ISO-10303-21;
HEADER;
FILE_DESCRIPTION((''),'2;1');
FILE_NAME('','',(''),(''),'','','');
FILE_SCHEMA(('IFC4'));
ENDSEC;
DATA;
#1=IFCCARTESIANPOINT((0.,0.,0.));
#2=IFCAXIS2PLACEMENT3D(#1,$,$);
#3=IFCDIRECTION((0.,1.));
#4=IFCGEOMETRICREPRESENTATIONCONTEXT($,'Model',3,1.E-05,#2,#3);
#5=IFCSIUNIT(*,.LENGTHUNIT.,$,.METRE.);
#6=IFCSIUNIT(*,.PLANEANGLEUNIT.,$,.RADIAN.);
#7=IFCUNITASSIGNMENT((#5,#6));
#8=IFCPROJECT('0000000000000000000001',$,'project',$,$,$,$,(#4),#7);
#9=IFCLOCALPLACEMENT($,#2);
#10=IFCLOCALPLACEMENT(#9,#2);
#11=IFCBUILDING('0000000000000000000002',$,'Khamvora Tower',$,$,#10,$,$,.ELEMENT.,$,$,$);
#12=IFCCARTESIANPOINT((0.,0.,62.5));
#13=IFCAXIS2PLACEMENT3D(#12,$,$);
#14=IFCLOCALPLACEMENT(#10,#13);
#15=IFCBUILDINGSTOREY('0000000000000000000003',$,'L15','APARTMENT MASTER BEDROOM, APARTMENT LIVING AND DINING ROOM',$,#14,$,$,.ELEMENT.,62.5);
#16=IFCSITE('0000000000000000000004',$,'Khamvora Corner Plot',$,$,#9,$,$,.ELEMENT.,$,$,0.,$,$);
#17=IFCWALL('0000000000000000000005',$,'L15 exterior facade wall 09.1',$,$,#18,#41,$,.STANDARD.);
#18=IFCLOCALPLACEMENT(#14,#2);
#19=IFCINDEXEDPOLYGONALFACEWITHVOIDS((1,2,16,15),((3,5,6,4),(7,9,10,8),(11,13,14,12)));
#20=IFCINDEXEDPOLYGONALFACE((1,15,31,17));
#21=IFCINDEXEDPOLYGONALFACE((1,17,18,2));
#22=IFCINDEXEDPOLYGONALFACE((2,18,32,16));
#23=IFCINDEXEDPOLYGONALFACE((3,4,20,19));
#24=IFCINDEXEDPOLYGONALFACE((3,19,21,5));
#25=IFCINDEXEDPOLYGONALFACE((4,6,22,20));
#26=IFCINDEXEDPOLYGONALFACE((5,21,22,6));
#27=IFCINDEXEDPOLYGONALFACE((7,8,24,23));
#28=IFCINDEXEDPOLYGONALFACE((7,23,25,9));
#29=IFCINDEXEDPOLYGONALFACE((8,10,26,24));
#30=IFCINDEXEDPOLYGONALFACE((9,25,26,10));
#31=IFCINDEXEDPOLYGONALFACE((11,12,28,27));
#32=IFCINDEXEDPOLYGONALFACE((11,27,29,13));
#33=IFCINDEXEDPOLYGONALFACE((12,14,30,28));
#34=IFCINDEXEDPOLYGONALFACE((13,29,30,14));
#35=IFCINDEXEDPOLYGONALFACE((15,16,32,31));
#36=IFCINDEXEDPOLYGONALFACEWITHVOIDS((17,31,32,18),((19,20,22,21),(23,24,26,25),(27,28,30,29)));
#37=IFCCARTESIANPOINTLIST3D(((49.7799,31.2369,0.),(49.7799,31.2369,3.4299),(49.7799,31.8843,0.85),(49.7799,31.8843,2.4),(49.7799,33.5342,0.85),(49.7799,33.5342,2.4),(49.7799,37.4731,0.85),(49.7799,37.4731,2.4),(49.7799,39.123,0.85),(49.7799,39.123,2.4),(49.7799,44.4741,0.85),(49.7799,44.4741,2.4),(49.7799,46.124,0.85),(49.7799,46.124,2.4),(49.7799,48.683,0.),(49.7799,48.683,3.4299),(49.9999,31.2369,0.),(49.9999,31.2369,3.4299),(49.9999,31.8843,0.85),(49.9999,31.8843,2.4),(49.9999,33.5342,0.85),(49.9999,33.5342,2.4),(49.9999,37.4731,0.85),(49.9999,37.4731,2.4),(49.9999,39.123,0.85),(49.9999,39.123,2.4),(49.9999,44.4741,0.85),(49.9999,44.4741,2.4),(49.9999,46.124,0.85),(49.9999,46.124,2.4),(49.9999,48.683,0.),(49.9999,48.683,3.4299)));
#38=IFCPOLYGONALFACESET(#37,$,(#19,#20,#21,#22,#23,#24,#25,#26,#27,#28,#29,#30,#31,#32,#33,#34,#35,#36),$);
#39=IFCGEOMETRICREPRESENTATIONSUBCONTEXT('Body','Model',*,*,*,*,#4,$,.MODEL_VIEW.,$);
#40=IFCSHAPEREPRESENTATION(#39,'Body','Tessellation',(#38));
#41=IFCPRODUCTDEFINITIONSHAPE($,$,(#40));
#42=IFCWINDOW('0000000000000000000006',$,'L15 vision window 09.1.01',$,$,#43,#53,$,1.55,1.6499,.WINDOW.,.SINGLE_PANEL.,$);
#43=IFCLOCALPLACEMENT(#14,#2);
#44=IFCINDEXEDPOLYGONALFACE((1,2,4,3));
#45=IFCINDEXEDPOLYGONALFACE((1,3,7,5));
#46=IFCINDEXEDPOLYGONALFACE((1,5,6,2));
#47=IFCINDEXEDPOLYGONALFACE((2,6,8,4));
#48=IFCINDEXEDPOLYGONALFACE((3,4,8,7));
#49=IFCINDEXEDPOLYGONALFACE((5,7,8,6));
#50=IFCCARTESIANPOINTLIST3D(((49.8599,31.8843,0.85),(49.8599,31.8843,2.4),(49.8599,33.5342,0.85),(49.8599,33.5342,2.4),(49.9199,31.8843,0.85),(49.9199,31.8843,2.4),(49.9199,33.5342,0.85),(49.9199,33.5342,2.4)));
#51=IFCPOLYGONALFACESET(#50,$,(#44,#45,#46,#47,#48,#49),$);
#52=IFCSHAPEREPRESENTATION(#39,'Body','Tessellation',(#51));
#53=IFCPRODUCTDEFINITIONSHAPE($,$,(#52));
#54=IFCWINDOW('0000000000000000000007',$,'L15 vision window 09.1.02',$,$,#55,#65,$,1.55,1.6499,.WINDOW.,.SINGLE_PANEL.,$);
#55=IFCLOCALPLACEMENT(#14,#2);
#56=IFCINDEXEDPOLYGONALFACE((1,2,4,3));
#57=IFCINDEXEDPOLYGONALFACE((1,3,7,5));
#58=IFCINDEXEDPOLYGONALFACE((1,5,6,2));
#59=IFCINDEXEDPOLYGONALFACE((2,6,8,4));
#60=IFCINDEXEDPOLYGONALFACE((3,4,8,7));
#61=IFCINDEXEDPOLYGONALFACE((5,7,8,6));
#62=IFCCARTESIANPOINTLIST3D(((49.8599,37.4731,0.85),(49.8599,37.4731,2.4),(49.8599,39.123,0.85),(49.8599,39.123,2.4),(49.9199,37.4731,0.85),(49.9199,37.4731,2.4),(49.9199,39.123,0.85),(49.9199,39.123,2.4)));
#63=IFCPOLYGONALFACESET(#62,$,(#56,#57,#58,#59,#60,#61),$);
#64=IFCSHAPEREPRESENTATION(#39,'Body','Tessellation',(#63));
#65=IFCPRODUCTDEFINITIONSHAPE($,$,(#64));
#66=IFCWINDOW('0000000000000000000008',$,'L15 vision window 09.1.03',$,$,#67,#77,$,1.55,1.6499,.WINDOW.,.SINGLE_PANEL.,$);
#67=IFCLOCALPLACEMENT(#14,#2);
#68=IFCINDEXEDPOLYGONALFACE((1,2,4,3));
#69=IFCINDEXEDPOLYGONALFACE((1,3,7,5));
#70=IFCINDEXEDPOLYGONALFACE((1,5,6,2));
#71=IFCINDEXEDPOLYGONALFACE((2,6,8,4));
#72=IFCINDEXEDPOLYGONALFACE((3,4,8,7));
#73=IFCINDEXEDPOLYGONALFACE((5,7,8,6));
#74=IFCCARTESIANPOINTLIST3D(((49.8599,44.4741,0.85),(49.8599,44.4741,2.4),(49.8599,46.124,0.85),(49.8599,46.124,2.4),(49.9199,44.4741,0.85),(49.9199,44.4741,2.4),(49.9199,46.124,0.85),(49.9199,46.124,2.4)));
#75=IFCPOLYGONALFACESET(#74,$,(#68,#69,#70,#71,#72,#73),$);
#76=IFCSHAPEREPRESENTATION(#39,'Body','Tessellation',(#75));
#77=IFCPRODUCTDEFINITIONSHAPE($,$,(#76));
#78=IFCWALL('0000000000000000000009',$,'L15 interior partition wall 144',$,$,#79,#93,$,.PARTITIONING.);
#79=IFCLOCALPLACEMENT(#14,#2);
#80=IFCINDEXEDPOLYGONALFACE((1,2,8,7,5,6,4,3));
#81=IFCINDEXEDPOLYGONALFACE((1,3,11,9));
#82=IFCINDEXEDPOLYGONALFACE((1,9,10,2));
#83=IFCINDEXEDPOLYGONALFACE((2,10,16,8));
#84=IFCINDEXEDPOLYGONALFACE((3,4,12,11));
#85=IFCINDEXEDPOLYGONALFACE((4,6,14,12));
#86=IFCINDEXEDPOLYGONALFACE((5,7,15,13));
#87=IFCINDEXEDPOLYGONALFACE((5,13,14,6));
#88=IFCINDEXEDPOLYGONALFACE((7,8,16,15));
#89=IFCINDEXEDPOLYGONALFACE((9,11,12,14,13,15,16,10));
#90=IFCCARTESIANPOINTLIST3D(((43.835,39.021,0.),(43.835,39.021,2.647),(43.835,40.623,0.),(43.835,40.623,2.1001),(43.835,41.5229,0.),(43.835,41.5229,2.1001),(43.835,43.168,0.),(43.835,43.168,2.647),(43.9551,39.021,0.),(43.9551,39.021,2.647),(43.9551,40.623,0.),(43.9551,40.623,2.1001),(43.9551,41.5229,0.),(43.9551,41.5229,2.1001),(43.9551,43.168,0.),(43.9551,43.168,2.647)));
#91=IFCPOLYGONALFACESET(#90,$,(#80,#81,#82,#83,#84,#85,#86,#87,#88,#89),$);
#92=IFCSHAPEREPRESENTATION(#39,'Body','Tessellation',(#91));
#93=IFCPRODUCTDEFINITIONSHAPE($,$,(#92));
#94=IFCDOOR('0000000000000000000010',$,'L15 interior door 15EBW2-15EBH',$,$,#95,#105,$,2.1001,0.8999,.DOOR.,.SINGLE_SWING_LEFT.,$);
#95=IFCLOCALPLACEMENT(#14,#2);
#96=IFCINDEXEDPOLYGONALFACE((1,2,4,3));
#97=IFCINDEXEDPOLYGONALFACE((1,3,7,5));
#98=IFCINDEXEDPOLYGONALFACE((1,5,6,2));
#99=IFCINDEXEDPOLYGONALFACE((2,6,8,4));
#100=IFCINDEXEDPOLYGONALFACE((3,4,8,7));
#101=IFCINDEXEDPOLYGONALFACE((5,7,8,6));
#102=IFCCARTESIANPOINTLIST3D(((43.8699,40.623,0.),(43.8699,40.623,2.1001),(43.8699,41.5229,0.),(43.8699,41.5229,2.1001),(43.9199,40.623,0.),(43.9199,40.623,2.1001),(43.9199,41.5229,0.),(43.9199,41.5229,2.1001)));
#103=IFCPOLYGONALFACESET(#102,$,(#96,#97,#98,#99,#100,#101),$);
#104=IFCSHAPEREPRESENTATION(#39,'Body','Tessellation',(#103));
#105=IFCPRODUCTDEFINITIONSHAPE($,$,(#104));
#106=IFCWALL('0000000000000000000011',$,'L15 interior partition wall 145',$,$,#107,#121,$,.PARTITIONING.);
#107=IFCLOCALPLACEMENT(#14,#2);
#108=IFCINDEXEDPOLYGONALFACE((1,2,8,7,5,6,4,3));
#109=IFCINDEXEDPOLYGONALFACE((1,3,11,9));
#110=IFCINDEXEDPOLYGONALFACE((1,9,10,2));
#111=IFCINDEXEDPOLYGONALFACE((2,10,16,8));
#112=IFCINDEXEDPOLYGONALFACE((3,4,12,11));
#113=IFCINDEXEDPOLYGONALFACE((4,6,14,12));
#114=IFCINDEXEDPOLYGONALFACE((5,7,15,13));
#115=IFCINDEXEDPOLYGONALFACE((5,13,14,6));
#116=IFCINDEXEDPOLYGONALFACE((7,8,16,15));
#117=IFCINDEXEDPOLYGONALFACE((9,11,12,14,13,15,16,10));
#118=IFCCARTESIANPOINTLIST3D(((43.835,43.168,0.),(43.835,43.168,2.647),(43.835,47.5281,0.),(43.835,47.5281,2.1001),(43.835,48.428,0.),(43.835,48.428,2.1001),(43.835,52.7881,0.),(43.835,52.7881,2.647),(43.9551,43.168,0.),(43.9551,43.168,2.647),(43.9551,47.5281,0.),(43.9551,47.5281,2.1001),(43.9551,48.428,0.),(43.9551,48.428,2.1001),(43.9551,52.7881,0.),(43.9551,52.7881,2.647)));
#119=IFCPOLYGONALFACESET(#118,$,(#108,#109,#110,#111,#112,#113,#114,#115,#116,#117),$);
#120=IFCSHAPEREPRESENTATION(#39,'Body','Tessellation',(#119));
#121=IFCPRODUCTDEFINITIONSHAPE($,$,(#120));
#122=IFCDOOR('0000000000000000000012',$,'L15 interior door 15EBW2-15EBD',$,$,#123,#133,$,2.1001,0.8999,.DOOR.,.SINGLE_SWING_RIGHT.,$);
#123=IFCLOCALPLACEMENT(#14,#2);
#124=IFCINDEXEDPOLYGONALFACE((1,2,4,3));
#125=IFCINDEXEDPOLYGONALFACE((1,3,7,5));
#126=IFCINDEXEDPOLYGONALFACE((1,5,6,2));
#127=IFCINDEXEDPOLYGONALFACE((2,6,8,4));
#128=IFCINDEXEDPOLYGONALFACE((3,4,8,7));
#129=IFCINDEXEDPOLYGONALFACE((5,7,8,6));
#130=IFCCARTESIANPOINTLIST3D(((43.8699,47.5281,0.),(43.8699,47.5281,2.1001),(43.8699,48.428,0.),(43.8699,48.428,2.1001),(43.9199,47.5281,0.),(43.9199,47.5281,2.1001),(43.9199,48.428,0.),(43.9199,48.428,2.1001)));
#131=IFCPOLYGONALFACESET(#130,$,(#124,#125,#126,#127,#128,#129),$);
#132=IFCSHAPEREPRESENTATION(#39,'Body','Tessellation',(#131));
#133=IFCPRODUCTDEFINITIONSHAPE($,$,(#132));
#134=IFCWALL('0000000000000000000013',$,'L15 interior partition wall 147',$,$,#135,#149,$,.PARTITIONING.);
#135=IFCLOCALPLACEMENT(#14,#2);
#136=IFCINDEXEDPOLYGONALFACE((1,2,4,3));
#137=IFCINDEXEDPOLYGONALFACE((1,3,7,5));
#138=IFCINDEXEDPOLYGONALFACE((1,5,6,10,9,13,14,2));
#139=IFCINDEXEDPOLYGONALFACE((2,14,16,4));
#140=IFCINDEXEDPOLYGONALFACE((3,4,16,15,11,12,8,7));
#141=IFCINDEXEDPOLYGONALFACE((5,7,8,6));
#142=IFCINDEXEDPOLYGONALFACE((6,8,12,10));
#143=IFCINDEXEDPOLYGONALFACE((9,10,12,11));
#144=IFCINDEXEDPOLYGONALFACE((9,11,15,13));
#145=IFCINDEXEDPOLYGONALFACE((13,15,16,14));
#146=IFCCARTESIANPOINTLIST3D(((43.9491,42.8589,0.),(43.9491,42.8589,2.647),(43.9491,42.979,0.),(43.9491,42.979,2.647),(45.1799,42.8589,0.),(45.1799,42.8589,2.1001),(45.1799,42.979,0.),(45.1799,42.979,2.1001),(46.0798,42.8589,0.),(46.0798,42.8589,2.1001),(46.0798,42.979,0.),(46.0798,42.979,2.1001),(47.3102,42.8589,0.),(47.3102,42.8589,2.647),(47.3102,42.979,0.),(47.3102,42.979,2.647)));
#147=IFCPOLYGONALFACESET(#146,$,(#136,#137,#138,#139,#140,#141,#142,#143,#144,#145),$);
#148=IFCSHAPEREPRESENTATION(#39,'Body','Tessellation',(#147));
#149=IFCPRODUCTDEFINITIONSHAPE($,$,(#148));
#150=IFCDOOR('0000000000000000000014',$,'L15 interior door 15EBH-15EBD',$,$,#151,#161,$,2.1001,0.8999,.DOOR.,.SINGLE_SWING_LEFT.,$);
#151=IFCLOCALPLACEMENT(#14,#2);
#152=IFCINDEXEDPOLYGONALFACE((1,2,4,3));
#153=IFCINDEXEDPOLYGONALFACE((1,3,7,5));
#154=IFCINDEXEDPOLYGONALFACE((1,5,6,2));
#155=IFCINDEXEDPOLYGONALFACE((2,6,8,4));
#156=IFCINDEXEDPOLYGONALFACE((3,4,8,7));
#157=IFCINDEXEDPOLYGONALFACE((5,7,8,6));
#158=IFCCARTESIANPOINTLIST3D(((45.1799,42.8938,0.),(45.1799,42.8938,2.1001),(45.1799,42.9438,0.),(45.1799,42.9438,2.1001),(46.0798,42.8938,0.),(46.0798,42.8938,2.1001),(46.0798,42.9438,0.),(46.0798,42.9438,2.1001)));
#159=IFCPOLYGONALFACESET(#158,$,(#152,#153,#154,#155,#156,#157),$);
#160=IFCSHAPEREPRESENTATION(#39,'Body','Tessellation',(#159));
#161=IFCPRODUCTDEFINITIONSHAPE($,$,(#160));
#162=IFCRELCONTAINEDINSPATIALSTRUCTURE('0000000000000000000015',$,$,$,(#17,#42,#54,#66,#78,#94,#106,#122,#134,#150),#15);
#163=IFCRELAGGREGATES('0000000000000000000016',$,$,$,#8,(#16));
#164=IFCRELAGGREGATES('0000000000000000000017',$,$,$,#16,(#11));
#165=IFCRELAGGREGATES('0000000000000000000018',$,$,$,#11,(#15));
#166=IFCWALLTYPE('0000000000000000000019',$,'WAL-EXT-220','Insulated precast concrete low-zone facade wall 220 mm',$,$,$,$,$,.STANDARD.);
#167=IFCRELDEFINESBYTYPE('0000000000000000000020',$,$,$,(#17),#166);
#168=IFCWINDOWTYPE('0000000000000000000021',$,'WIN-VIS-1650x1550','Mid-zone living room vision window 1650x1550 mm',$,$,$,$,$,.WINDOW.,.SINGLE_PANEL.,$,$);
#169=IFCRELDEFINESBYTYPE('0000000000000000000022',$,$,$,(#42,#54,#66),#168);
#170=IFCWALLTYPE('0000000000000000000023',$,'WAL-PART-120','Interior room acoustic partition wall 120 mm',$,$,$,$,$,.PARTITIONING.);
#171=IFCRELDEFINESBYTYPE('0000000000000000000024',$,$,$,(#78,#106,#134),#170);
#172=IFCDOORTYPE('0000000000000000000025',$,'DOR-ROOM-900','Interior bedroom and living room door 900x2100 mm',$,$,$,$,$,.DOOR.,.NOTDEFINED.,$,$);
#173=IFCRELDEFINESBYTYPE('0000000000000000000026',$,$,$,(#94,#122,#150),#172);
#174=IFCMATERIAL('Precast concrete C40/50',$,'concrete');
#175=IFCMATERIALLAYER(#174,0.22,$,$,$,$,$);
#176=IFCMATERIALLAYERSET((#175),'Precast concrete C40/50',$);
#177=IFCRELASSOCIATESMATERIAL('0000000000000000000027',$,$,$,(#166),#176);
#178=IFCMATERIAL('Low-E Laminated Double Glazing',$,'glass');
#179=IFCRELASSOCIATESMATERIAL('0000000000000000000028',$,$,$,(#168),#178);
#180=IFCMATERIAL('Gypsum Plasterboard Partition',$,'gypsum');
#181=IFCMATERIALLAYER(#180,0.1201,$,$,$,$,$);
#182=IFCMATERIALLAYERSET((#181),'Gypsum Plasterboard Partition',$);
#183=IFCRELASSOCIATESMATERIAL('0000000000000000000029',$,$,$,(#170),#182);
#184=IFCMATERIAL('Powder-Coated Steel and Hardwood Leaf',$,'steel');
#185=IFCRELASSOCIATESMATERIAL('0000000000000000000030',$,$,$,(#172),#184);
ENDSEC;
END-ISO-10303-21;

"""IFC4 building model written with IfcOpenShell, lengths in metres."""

from ifc_helpers import new_model, si_unit, direction, frame, frame_2d, origin, place, context, subcontext, project, spatial, rectangle, extrude, material, layer, layer_set, type_object, element, fill, save


model = new_model("IFC4")

# Units and contexts
model_context = context("Model", 3, precision=1e-05, world=origin(), true_north=direction((0.0, 1.0)))
body_context = subcontext(model_context, "Body", "Model", "MODEL_VIEW")
ifc_project = project(units=[si_unit("LENGTHUNIT", "METRE"), si_unit("PLANEANGLEUNIT", "RADIAN")], contexts=[model_context])

# Site, building, storey
site_placement = place(None, origin())
site = spatial("IfcSite", under=ifc_project, at=site_placement, Name="Khamvora Corner Plot", CompositionType="ELEMENT", RefElevation=0.0)
building_placement = place(site_placement, origin())
building = spatial("IfcBuilding", under=site, at=building_placement, Name="Khamvora Tower", CompositionType="ELEMENT")
storey_placement = place(building_placement, frame((0.0, 0.0, 62.5)))
storey = spatial("IfcBuildingStorey", under=building, at=storey_placement, Name="L15", Description="APARTMENT MASTER BEDROOM, APARTMENT LIVING AND DINING ROOM", CompositionType="ELEMENT", Elevation=62.5)

# Shared definitions
ifc_material_1 = material(Name="Precast concrete C40/50", Category="concrete")
ifc_layer_1 = layer(ifc_material_1, 0.22)
ifc_layer_set_1 = layer_set([ifc_layer_1], Name="Precast concrete C40/50")
wall_type_1 = type_object("IfcWallType", Name="WAL-EXT-220", Description="Insulated precast concrete low-zone facade wall 220 mm", PredefinedType="STANDARD", material=ifc_layer_set_1)

# Wall, openings, windows
wall_1_placement = place(storey_placement, frame((49.8899, 48.6831, 0.0), z_axis=(0.0, 0.0, 1.0), x_axis=(0.0, -1.0, 0.0)))
wall_1 = element("IfcWall", 1, at=wall_1_placement, inside=storey, type_object=wall_type_1, Name="L15 exterior facade wall 09.1", PredefinedType="STANDARD", context=body_context, shape_type="SweptSolid", body=[
    extrude(rectangle(XDim=17.446, YDim=0.22, at=frame_2d((8.7231, 0.0))), origin(), (0.0, 0.0, 1.0), 3.4299),
])
opening_1_placement = place(wall_1_placement, frame((15.1489, 0.0, 0.8501)))
opening_1 = element("IfcOpeningElement", 2, at=opening_1_placement, cuts=wall_1, PredefinedType="OPENING", context=body_context, shape_type="SweptSolid", body=[
    extrude(rectangle(XDim=1.6499, YDim=1.55, at=frame_2d((0.825, 0.7749))), frame((0.0, 0.1199, 0.0), z_axis=(0.0, -1.0, 0.0), x_axis=(1.0, 0.0, 0.0)), (0.0, 0.0, 1.0), 0.24),
])
opening_2_placement = place(wall_1_placement, frame((9.5601, 0.0, 0.8501)))
opening_2 = element("IfcOpeningElement", 3, at=opening_2_placement, cuts=wall_1, PredefinedType="OPENING", context=body_context, shape_type="SweptSolid", body=[
    extrude(rectangle(XDim=1.6499, YDim=1.55, at=frame_2d((0.825, 0.7749))), frame((0.0, 0.1199, 0.0), z_axis=(0.0, -1.0, 0.0), x_axis=(1.0, 0.0, 0.0)), (0.0, 0.0, 1.0), 0.24),
])
opening_3_placement = place(wall_1_placement, frame((2.5591, 0.0, 0.8501)))
opening_3 = element("IfcOpeningElement", 4, at=opening_3_placement, cuts=wall_1, PredefinedType="OPENING", context=body_context, shape_type="SweptSolid", body=[
    extrude(rectangle(XDim=1.6499, YDim=1.55, at=frame_2d((0.825, 0.7749))), frame((0.0, 0.1199, 0.0), z_axis=(0.0, -1.0, 0.0), x_axis=(1.0, 0.0, 0.0)), (0.0, 0.0, 1.0), 0.24),
])
ifc_material_2 = material(Name="Low-E Laminated Double Glazing", Category="glass")
window_type = type_object("IfcWindowType", Name="WIN-VIS-1650x1550", Description="Mid-zone living room vision window 1650x1550 mm", PartitioningType="SINGLE_PANEL", PredefinedType="WINDOW", material=ifc_material_2)
window_1_placement = place(opening_1_placement, origin())
window_1 = element("IfcWindow", 5, at=window_1_placement, inside=storey, type_object=window_type, Name="L15 vision window 09.1.01", OverallHeight=1.55, OverallWidth=1.6499, PartitioningType="SINGLE_PANEL", PredefinedType="WINDOW", context=body_context, shape_type="SweptSolid", body=[
    extrude(rectangle(XDim=1.6499, YDim=1.55, at=frame_2d((0.825, 0.7749))), frame((0.0, 0.03, 0.0), z_axis=(0.0, -1.0, 0.0), x_axis=(1.0, 0.0, 0.0)), (0.0, 0.0, 1.0), 0.0601),
])
fill(opening_1, window_1)
window_2_placement = place(opening_2_placement, origin())
window_2 = element("IfcWindow", 6, at=window_2_placement, inside=storey, type_object=window_type, Name="L15 vision window 09.1.02", OverallHeight=1.55, OverallWidth=1.6499, PartitioningType="SINGLE_PANEL", PredefinedType="WINDOW", context=body_context, shape_type="SweptSolid", body=[
    extrude(rectangle(XDim=1.6499, YDim=1.55, at=frame_2d((0.825, 0.7749))), frame((0.0, 0.03, 0.0), z_axis=(0.0, -1.0, 0.0), x_axis=(1.0, 0.0, 0.0)), (0.0, 0.0, 1.0), 0.0601),
])
fill(opening_2, window_2)
window_3_placement = place(opening_3_placement, origin())
window_3 = element("IfcWindow", 7, at=window_3_placement, inside=storey, type_object=window_type, Name="L15 vision window 09.1.03", OverallHeight=1.55, OverallWidth=1.6499, PartitioningType="SINGLE_PANEL", PredefinedType="WINDOW", context=body_context, shape_type="SweptSolid", body=[
    extrude(rectangle(XDim=1.6499, YDim=1.55, at=frame_2d((0.825, 0.7749))), frame((0.0, 0.03, 0.0), z_axis=(0.0, -1.0, 0.0), x_axis=(1.0, 0.0, 0.0)), (0.0, 0.0, 1.0), 0.0601),
])
fill(opening_3, window_3)

# Walls, openings, doors
ifc_material_3 = material(Name="Gypsum Plasterboard Partition", Category="gypsum")
ifc_layer_2 = layer(ifc_material_3, 0.1201)
ifc_layer_set_2 = layer_set([ifc_layer_2], Name="Gypsum Plasterboard Partition")
wall_type_2 = type_object("IfcWallType", Name="WAL-PART-120", Description="Interior room acoustic partition wall 120 mm", PredefinedType="PARTITIONING", material=ifc_layer_set_2)
wall_2_placement = place(storey_placement, frame((43.895, 43.168, 0.0), z_axis=(0.0, 0.0, 1.0), x_axis=(0.0, -1.0, 0.0)))
wall_2 = element("IfcWall", 8, at=wall_2_placement, inside=storey, type_object=wall_type_2, Name="L15 interior partition wall 144", PredefinedType="PARTITIONING", context=body_context, shape_type="SweptSolid", body=[
    extrude(rectangle(XDim=4.147, YDim=0.1201, at=frame_2d((2.0735, 0.0))), origin(), (0.0, 0.0, 1.0), 2.647),
])
opening_4_placement = place(wall_2_placement, frame((1.645, 0.0, 0.0)))
opening_4 = element("IfcOpeningElement", 9, at=opening_4_placement, cuts=wall_2, PredefinedType="OPENING", context=body_context, shape_type="SweptSolid", body=[
    extrude(rectangle(XDim=0.8999, YDim=2.1001, at=frame_2d((0.45, 1.05))), frame((0.0, 0.0701, 0.0), z_axis=(0.0, -1.0, 0.0), x_axis=(1.0, 0.0, 0.0)), (0.0, 0.0, 1.0), 0.1401),
])
ifc_material_4 = material(Name="Powder-Coated Steel and Hardwood Leaf", Category="steel")
door_type = type_object("IfcDoorType", Name="DOR-ROOM-900", Description="Interior bedroom and living room door 900x2100 mm", OperationType="NOTDEFINED", PredefinedType="DOOR", material=ifc_material_4)
door_1_placement = place(opening_4_placement, origin())
door_1 = element("IfcDoor", 10, at=door_1_placement, inside=storey, type_object=door_type, Name="L15 interior door 15EBW2-15EBH", OperationType="SINGLE_SWING_LEFT", OverallHeight=2.1001, OverallWidth=0.8999, PredefinedType="DOOR", context=body_context, shape_type="SweptSolid", body=[
    extrude(rectangle(XDim=0.8999, YDim=2.1001, at=frame_2d((0.45, 1.05))), frame((0.0, 0.0249, 0.0), z_axis=(0.0, -1.0, 0.0), x_axis=(1.0, 0.0, 0.0)), (0.0, 0.0, 1.0), 0.05),
])
fill(opening_4, door_1)
wall_3_placement = place(storey_placement, frame((43.895, 52.7881, 0.0), z_axis=(0.0, 0.0, 1.0), x_axis=(0.0, -1.0, 0.0)))
wall_3 = element("IfcWall", 11, at=wall_3_placement, inside=storey, type_object=wall_type_2, Name="L15 interior partition wall 145", PredefinedType="PARTITIONING", context=body_context, shape_type="SweptSolid", body=[
    extrude(rectangle(XDim=9.6201, YDim=0.1201, at=frame_2d((4.8101, 0.0))), origin(), (0.0, 0.0, 1.0), 2.647),
])
opening_5_placement = place(wall_3_placement, frame((4.3601, 0.0, 0.0)))
opening_5 = element("IfcOpeningElement", 12, at=opening_5_placement, cuts=wall_3, PredefinedType="OPENING", context=body_context, shape_type="SweptSolid", body=[
    extrude(rectangle(XDim=0.8999, YDim=2.1001, at=frame_2d((0.45, 1.05))), frame((0.0, 0.0701, 0.0), z_axis=(0.0, -1.0, 0.0), x_axis=(1.0, 0.0, 0.0)), (0.0, 0.0, 1.0), 0.1401),
])
door_2_placement = place(opening_5_placement, origin())
door_2 = element("IfcDoor", 13, at=door_2_placement, inside=storey, type_object=door_type, Name="L15 interior door 15EBW2-15EBD", OperationType="SINGLE_SWING_RIGHT", OverallHeight=2.1001, OverallWidth=0.8999, PredefinedType="DOOR", context=body_context, shape_type="SweptSolid", body=[
    extrude(rectangle(XDim=0.8999, YDim=2.1001, at=frame_2d((0.45, 1.05))), frame((0.0, 0.0249, 0.0), z_axis=(0.0, -1.0, 0.0), x_axis=(1.0, 0.0, 0.0)), (0.0, 0.0, 1.0), 0.05),
])
fill(opening_5, door_2)
wall_4_placement = place(storey_placement, frame((43.949, 42.9189, 0.0), z_axis=(0.0, 0.0, 1.0), x_axis=(1.0, 0.0, 0.0)))
wall_4 = element("IfcWall", 14, at=wall_4_placement, inside=storey, type_object=wall_type_2, Name="L15 interior partition wall 147", PredefinedType="PARTITIONING", context=body_context, shape_type="SweptSolid", body=[
    extrude(rectangle(XDim=3.3611, YDim=0.1201, at=frame_2d((1.6807, 0.0))), origin(), (0.0, 0.0, 1.0), 2.647),
])
opening_6_placement = place(wall_4_placement, frame((1.231, 0.0, 0.0)))
opening_6 = element("IfcOpeningElement", 15, at=opening_6_placement, cuts=wall_4, PredefinedType="OPENING", context=body_context, shape_type="SweptSolid", body=[
    extrude(rectangle(XDim=0.8999, YDim=2.1001, at=frame_2d((0.45, 1.05))), frame((0.0, 0.0701, 0.0), z_axis=(0.0, -1.0, 0.0), x_axis=(1.0, 0.0, 0.0)), (0.0, 0.0, 1.0), 0.1401),
])
door_3_placement = place(opening_6_placement, origin())
door_3 = element("IfcDoor", 16, at=door_3_placement, inside=storey, type_object=door_type, Name="L15 interior door 15EBH-15EBD", OperationType="SINGLE_SWING_LEFT", OverallHeight=2.1001, OverallWidth=0.8999, PredefinedType="DOOR", context=body_context, shape_type="SweptSolid", body=[
    extrude(rectangle(XDim=0.8999, YDim=2.1001, at=frame_2d((0.45, 1.05))), frame((0.0, 0.0249, 0.0), z_axis=(0.0, -1.0, 0.0), x_axis=(1.0, 0.0, 0.0)), (0.0, 0.0, 1.0), 0.05),
])
fill(opening_6, door_3)

save(model, "model.ifc")
